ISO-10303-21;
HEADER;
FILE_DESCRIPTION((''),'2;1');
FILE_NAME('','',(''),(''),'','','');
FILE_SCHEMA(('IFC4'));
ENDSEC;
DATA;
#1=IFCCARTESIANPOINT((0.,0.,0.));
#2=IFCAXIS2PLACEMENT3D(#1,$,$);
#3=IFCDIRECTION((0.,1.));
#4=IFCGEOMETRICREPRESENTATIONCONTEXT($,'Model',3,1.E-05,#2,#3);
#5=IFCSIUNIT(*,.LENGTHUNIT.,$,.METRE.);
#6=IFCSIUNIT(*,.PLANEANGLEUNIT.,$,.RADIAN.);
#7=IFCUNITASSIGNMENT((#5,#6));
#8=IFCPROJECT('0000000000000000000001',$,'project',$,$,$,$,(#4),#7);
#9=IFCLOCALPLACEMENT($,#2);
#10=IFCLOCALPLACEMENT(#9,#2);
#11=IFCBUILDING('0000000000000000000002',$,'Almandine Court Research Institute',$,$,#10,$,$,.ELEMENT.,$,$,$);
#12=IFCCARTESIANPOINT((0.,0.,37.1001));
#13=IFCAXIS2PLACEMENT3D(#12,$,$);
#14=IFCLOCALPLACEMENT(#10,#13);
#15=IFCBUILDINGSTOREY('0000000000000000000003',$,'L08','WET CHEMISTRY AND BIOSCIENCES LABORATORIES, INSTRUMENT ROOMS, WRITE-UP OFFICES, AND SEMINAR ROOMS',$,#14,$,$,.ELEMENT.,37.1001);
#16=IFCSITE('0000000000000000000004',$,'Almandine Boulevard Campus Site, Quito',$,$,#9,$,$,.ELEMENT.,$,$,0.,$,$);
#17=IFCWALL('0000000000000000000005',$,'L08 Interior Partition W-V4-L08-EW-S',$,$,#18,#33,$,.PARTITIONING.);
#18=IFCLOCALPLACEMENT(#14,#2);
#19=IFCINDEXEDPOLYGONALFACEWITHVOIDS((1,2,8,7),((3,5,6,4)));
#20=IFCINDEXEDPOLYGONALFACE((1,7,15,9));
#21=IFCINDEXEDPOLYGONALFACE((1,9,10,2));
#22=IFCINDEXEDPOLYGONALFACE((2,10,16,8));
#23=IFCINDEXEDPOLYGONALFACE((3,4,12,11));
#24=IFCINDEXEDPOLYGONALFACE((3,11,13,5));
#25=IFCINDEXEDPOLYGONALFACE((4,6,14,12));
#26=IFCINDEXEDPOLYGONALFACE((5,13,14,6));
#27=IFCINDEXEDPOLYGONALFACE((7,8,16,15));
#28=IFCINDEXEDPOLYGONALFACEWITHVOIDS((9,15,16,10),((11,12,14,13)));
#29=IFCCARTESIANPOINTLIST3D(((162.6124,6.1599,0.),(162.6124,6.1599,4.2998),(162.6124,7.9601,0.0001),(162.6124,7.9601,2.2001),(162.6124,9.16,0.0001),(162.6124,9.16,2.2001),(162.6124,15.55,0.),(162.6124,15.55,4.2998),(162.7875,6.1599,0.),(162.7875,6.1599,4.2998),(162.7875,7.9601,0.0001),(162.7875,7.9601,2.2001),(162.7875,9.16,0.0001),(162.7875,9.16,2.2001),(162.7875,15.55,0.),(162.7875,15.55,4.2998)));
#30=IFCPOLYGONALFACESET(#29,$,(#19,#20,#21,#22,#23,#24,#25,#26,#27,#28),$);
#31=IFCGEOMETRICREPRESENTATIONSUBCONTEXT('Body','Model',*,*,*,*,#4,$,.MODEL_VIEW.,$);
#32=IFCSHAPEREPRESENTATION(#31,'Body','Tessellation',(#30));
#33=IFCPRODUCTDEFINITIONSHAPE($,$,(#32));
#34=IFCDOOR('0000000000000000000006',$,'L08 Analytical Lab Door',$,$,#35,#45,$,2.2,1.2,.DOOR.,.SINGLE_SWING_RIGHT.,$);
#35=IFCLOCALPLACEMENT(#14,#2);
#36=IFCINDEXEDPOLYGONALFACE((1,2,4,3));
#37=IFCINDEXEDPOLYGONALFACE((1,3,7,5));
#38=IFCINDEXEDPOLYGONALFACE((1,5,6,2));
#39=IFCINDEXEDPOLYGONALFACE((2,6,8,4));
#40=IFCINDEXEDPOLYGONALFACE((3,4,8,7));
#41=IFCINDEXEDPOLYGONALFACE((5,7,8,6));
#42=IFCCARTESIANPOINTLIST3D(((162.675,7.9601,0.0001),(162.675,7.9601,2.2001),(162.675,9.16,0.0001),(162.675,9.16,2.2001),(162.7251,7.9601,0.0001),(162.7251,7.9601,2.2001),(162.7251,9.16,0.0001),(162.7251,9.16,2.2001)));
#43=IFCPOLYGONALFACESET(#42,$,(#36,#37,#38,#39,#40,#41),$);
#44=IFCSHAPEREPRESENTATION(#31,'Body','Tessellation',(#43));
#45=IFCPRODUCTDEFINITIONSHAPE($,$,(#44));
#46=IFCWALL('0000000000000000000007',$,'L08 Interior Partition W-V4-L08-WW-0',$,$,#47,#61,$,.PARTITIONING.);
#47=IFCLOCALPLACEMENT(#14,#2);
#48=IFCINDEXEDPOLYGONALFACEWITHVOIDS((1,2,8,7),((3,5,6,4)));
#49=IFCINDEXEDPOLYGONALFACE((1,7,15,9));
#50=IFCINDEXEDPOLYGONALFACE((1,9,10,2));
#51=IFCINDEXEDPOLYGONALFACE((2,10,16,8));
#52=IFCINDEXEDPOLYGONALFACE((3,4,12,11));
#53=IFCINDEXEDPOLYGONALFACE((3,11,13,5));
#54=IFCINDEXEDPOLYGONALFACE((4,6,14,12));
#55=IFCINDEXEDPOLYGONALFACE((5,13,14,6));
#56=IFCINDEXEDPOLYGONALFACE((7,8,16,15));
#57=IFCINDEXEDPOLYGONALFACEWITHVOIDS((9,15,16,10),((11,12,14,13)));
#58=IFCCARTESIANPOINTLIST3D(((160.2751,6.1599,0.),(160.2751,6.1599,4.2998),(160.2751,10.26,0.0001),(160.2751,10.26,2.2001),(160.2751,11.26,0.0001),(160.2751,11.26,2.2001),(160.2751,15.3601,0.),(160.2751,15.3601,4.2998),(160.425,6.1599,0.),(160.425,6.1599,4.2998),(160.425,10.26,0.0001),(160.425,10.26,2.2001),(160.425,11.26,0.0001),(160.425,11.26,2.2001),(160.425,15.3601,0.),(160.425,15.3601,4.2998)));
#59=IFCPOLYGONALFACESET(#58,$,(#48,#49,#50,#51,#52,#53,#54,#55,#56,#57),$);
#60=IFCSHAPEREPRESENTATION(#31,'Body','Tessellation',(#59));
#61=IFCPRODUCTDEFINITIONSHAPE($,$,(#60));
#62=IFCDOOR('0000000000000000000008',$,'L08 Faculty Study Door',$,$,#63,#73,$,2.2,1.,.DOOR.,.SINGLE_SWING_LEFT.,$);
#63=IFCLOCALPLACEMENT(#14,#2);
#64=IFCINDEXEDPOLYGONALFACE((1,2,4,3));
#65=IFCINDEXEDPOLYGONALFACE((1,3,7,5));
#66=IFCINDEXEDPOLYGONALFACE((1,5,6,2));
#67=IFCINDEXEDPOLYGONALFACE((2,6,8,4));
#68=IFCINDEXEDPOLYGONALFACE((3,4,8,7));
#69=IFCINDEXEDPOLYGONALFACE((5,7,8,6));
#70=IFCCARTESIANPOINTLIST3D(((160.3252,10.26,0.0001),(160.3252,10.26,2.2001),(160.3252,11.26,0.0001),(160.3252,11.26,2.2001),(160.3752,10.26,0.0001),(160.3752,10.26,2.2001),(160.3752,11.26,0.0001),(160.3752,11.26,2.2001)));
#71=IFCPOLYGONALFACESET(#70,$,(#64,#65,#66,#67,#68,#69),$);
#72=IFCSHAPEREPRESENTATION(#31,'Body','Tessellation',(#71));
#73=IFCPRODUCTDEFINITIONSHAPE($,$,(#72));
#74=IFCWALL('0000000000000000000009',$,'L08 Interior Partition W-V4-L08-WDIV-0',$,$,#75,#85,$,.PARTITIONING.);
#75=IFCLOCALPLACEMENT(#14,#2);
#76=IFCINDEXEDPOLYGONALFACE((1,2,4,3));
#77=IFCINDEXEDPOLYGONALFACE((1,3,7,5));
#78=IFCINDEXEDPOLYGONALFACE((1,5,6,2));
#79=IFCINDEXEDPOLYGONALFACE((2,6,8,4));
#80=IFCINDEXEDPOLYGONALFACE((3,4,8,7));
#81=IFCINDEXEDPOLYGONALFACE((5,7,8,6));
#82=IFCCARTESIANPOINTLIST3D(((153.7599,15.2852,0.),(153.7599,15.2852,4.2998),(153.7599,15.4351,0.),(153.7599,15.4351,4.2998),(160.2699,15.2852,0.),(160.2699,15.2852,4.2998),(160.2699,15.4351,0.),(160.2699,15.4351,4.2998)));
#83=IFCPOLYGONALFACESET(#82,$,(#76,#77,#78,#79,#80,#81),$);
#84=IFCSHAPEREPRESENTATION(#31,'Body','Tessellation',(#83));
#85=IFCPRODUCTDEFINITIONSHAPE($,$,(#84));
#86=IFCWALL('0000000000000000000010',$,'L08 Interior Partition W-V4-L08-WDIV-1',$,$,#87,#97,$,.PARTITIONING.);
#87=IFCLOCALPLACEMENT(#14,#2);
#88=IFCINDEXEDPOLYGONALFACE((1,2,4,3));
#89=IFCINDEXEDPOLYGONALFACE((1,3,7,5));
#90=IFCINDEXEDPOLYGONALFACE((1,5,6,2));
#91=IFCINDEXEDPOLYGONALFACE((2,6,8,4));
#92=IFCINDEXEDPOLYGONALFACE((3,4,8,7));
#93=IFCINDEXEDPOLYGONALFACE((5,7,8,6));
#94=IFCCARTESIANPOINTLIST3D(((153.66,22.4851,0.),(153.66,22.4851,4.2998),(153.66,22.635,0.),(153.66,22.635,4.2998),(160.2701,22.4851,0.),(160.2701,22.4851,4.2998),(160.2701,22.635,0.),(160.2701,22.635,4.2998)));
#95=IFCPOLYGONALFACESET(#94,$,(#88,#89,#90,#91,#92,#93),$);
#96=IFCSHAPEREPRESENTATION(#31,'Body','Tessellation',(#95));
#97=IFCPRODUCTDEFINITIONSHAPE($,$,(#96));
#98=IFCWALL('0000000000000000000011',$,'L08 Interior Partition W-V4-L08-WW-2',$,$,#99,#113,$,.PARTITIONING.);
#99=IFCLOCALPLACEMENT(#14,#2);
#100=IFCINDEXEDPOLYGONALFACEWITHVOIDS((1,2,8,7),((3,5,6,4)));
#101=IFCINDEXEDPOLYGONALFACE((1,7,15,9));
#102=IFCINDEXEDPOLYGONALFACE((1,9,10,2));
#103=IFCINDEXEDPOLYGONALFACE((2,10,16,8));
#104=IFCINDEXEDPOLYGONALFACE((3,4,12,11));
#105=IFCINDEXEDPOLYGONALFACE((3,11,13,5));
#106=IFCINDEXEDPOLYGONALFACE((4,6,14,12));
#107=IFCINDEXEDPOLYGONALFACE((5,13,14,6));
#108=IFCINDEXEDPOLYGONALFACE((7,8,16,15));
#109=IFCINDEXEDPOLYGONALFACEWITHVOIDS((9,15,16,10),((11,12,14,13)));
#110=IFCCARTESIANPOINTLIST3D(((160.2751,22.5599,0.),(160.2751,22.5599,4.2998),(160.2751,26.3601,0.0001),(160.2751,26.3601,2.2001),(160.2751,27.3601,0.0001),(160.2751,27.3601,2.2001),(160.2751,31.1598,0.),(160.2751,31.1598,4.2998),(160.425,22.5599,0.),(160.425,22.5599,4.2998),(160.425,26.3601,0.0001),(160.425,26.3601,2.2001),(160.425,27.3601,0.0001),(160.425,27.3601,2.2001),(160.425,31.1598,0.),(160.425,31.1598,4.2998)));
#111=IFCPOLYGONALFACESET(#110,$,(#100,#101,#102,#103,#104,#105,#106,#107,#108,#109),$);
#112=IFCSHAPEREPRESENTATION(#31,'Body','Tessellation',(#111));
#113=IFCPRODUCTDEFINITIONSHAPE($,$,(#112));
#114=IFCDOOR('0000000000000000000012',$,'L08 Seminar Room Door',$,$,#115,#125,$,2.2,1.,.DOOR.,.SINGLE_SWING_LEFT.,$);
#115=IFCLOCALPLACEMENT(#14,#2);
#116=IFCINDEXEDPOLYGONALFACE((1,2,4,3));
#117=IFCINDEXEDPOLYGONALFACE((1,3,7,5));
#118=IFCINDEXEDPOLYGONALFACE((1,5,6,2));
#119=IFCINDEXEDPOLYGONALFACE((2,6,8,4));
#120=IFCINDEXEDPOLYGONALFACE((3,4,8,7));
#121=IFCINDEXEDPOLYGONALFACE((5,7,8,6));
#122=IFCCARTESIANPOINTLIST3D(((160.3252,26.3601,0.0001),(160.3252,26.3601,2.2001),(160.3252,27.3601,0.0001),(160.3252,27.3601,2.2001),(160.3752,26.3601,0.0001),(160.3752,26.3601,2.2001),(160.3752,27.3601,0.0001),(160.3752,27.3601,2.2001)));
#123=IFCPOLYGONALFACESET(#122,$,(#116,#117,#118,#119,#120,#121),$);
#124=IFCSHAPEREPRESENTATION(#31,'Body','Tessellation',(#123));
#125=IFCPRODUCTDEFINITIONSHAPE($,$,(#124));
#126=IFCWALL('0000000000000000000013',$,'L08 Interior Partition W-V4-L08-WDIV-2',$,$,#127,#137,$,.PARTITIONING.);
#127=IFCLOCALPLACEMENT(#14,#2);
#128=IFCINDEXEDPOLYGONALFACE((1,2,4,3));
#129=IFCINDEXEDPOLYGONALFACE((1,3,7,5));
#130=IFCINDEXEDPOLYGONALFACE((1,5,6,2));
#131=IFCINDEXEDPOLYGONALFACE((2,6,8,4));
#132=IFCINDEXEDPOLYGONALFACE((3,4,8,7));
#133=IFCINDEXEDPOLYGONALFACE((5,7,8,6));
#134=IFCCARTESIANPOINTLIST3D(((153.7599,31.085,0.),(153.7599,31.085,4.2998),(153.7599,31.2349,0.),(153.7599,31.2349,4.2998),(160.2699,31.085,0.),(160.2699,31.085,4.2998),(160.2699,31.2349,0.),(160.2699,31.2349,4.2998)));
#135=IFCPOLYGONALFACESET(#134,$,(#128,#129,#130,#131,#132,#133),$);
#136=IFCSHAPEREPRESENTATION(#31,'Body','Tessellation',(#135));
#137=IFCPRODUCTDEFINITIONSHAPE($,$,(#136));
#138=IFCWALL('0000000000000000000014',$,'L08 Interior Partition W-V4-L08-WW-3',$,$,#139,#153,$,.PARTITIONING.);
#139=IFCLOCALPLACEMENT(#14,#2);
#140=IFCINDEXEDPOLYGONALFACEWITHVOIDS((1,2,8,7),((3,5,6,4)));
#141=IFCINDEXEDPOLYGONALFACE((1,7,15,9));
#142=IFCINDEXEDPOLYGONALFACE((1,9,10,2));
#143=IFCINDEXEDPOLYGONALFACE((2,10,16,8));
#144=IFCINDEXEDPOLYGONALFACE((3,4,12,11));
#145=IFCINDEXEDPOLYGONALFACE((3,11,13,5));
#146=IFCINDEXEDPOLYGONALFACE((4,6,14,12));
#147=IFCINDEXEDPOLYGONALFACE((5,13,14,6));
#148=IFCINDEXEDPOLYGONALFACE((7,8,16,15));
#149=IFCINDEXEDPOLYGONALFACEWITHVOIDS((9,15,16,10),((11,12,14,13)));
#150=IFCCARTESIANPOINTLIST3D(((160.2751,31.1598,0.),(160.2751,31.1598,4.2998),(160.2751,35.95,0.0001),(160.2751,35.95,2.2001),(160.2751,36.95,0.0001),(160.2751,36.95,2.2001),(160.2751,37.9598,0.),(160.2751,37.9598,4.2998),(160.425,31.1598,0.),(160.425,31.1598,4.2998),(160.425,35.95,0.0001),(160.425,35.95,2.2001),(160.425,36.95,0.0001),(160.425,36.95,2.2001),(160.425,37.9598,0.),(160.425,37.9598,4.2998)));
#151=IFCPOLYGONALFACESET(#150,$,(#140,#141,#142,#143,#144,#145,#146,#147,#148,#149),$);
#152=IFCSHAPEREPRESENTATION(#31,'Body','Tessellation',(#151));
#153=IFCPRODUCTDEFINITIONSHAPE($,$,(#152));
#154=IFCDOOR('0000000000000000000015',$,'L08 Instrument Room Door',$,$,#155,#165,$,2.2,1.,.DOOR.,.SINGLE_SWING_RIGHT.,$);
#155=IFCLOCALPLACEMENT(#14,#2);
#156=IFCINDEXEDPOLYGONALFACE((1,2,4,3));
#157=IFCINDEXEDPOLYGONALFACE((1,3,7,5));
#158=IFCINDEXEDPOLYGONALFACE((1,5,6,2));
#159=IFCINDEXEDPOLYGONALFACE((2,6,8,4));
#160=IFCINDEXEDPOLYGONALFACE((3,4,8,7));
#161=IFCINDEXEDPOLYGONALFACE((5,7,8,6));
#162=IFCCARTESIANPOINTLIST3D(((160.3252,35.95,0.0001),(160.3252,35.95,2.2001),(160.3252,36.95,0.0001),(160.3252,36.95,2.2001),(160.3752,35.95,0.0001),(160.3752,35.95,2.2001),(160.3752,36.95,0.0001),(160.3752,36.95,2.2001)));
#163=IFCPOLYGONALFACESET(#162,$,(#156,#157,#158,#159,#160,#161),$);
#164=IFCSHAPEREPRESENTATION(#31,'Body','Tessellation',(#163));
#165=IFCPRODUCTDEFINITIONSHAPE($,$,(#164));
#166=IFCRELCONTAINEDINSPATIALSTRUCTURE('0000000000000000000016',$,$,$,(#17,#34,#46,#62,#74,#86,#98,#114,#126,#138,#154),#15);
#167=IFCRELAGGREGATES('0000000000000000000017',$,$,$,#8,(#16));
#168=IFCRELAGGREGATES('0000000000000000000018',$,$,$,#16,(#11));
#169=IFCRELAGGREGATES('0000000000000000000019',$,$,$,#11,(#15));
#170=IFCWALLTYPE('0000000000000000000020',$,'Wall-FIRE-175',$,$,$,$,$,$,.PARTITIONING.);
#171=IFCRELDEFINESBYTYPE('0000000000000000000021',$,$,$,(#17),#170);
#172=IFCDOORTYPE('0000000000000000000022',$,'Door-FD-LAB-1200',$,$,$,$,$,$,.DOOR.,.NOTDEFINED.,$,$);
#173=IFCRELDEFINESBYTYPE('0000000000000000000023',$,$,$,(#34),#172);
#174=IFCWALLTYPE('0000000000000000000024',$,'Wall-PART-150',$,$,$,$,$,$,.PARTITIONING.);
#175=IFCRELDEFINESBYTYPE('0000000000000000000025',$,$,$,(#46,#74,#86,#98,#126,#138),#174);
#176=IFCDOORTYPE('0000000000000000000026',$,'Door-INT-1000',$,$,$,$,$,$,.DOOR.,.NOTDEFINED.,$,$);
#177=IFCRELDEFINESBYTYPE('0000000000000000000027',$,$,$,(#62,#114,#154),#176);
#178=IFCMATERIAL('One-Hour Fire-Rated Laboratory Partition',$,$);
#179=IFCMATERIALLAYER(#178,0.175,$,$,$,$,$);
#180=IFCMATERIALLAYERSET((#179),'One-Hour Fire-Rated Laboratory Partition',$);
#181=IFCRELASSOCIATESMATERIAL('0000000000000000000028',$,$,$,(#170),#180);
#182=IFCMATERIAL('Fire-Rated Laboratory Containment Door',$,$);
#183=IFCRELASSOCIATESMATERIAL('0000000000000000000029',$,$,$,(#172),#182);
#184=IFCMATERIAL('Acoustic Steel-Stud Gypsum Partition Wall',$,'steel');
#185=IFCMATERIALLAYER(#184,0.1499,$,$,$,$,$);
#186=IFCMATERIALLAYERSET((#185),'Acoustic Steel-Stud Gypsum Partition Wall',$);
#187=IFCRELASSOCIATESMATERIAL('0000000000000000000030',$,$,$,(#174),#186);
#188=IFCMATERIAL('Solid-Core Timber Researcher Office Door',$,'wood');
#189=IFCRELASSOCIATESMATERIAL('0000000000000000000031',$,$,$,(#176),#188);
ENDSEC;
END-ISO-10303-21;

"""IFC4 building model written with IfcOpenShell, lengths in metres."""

from ifc_helpers import new_model, si_unit, direction, frame, frame_2d, origin, place, context, subcontext, project, spatial, rectangle, extrude, material, layer, layer_set, type_object, element, fill, save


model = new_model("IFC4")

# Units and contexts
model_context = context("Model", 3, precision=1e-05, world=origin(), true_north=direction((0.0, 1.0)))
body_context = subcontext(model_context, "Body", "Model", "MODEL_VIEW")
ifc_project = project(units=[si_unit("LENGTHUNIT", "METRE"), si_unit("PLANEANGLEUNIT", "RADIAN")], contexts=[model_context])

# Site, building, storey
site_placement = place(None, origin())
site = spatial("IfcSite", under=ifc_project, at=site_placement, Name="Almandine Boulevard Campus Site, Quito", CompositionType="ELEMENT", RefElevation=0.0)
building_placement = place(site_placement, origin())
building = spatial("IfcBuilding", under=site, at=building_placement, Name="Almandine Court Research Institute", CompositionType="ELEMENT")
storey_placement = place(building_placement, frame((0.0, 0.0, 37.1001)))
storey = spatial("IfcBuildingStorey", under=building, at=storey_placement, Name="L08", Description="WET CHEMISTRY AND BIOSCIENCES LABORATORIES, INSTRUMENT ROOMS, WRITE-UP OFFICES, AND SEMINAR ROOMS", CompositionType="ELEMENT", Elevation=37.1001)

# Walls, openings, doors
ifc_material_1 = material(Name="One-Hour Fire-Rated Laboratory Partition")
ifc_layer_1 = layer(ifc_material_1, 0.175)
ifc_layer_set_1 = layer_set([ifc_layer_1], Name="One-Hour Fire-Rated Laboratory Partition")
wall_type_1 = type_object("IfcWallType", Name="Wall-FIRE-175", PredefinedType="PARTITIONING", material=ifc_layer_set_1)
ifc_material_2 = material(Name="Fire-Rated Laboratory Containment Door")
door_type_1 = type_object("IfcDoorType", Name="Door-FD-LAB-1200", OperationType="NOTDEFINED", PredefinedType="DOOR", material=ifc_material_2)
wall_1_placement = place(storey_placement, frame((162.7, 6.1599, 0.0), z_axis=(0.0, 0.0, 1.0), x_axis=(0.0, 1.0, 0.0)))
wall_1 = element("IfcWall", 1, at=wall_1_placement, inside=storey, type_object=wall_type_1, Name="L08 Interior Partition W-V4-L08-EW-S", PredefinedType="PARTITIONING", context=body_context, shape_type="SweptSolid", body=[
    extrude(rectangle(XDim=9.3901, YDim=0.175, at=frame_2d((4.6951, 0.0))), origin(), (0.0, 0.0, 1.0), 4.2998),
])
opening_1_placement = place(wall_1_placement, frame((1.8, 0.0, 0.0)))
opening_1 = element("IfcOpeningElement", 2, at=opening_1_placement, cuts=wall_1, PredefinedType="OPENING", context=body_context, shape_type="SweptSolid", body=[
    extrude(rectangle(XDim=1.2, YDim=2.2, at=frame_2d((0.6001, 1.1001))), frame((0.0, 0.0974, 0.0), z_axis=(0.0, -1.0, 0.0), x_axis=(1.0, 0.0, 0.0)), (0.0, 0.0, 1.0), 0.1951),
])
door_1_placement = place(opening_1_placement, origin())
door_1 = element("IfcDoor", 3, at=door_1_placement, inside=storey, type_object=door_type_1, Name="L08 Analytical Lab Door", OperationType="SINGLE_SWING_RIGHT", OverallHeight=2.2, OverallWidth=1.2, PredefinedType="DOOR", context=body_context, shape_type="SweptSolid", body=[
    extrude(rectangle(XDim=1.2, YDim=2.2, at=frame_2d((0.6001, 1.1001))), frame((0.0, 0.0249, 0.0), z_axis=(0.0, -1.0, 0.0), x_axis=(1.0, 0.0, 0.0)), (0.0, 0.0, 1.0), 0.05),
])
fill(opening_1, door_1)
ifc_material_3 = material(Name="Acoustic Steel-Stud Gypsum Partition Wall", Category="steel")
ifc_layer_2 = layer(ifc_material_3, 0.1499)
ifc_layer_set_2 = layer_set([ifc_layer_2], Name="Acoustic Steel-Stud Gypsum Partition Wall")
wall_type_2 = type_object("IfcWallType", Name="Wall-PART-150", PredefinedType="PARTITIONING", material=ifc_layer_set_2)
wall_2_placement = place(storey_placement, frame((160.3501, 6.1599, 0.0), z_axis=(0.0, 0.0, 1.0), x_axis=(0.0, 1.0, 0.0)))
wall_2 = element("IfcWall", 4, at=wall_2_placement, inside=storey, type_object=wall_type_2, Name="L08 Interior Partition W-V4-L08-WW-0", PredefinedType="PARTITIONING", context=body_context, shape_type="SweptSolid", body=[
    extrude(rectangle(XDim=9.2002, YDim=0.1499, at=frame_2d((4.6001, 0.0))), origin(), (0.0, 0.0, 1.0), 4.2998),
])
opening_2_placement = place(wall_2_placement, frame((4.1001, 0.0, 0.0)))
opening_2 = element("IfcOpeningElement", 5, at=opening_2_placement, cuts=wall_2, PredefinedType="OPENING", context=body_context, shape_type="SweptSolid", body=[
    extrude(rectangle(XDim=1.0, YDim=2.2, at=frame_2d((0.5, 1.1001))), frame((0.0, 0.085, 0.0), z_axis=(0.0, -1.0, 0.0), x_axis=(1.0, 0.0, 0.0)), (0.0, 0.0, 1.0), 0.1699),
])
ifc_material_4 = material(Name="Solid-Core Timber Researcher Office Door", Category="wood")
door_type_2 = type_object("IfcDoorType", Name="Door-INT-1000", OperationType="NOTDEFINED", PredefinedType="DOOR", material=ifc_material_4)
door_2_placement = place(opening_2_placement, origin())
door_2 = element("IfcDoor", 6, at=door_2_placement, inside=storey, type_object=door_type_2, Name="L08 Faculty Study Door", OperationType="SINGLE_SWING_LEFT", OverallHeight=2.2, OverallWidth=1.0, PredefinedType="DOOR", context=body_context, shape_type="SweptSolid", body=[
    extrude(rectangle(XDim=1.0, YDim=2.2, at=frame_2d((0.5, 1.1001))), frame((0.0, 0.0249, 0.0), z_axis=(0.0, -1.0, 0.0), x_axis=(1.0, 0.0, 0.0)), (0.0, 0.0, 1.0), 0.05),
])
fill(opening_2, door_2)

# Walls
wall_3_placement = place(storey_placement, frame((153.76, 15.3601, 0.0), z_axis=(0.0, 0.0, 1.0), x_axis=(1.0, 0.0, 0.0)))
element("IfcWall", 7, at=wall_3_placement, inside=storey, type_object=wall_type_2, Name="L08 Interior Partition W-V4-L08-WDIV-0", PredefinedType="PARTITIONING", context=body_context, shape_type="SweptSolid", body=[
    extrude(rectangle(XDim=6.51, YDim=0.1499, at=frame_2d((3.2549, 0.0))), origin(), (0.0, 0.0, 1.0), 4.2998),
])
wall_4_placement = place(storey_placement, frame((153.6599, 22.5601, 0.0), z_axis=(0.0, 0.0, 1.0), x_axis=(1.0, 0.0, 0.0)))
element("IfcWall", 8, at=wall_4_placement, inside=storey, type_object=wall_type_2, Name="L08 Interior Partition W-V4-L08-WDIV-1", PredefinedType="PARTITIONING", context=body_context, shape_type="SweptSolid", body=[
    extrude(rectangle(XDim=6.6101, YDim=0.1499, at=frame_2d((3.3052, 0.0))), origin(), (0.0, 0.0, 1.0), 4.2998),
])

# Wall, opening, door
wall_5_placement = place(storey_placement, frame((160.3501, 22.5601, 0.0), z_axis=(0.0, 0.0, 1.0), x_axis=(0.0, 1.0, 0.0)))
wall_5 = element("IfcWall", 9, at=wall_5_placement, inside=storey, type_object=wall_type_2, Name="L08 Interior Partition W-V4-L08-WW-2", PredefinedType="PARTITIONING", context=body_context, shape_type="SweptSolid", body=[
    extrude(rectangle(XDim=8.5999, YDim=0.1499, at=frame_2d((4.2998, 0.0))), origin(), (0.0, 0.0, 1.0), 4.2998),
])
opening_3_placement = place(wall_5_placement, frame((3.8, 0.0, 0.0)))
opening_3 = element("IfcOpeningElement", 10, at=opening_3_placement, cuts=wall_5, PredefinedType="OPENING", context=body_context, shape_type="SweptSolid", body=[
    extrude(rectangle(XDim=1.0, YDim=2.2, at=frame_2d((0.5, 1.1001))), frame((0.0, 0.085, 0.0), z_axis=(0.0, -1.0, 0.0), x_axis=(1.0, 0.0, 0.0)), (0.0, 0.0, 1.0), 0.1699),
])
door_3_placement = place(opening_3_placement, origin())
door_3 = element("IfcDoor", 11, at=door_3_placement, inside=storey, type_object=door_type_2, Name="L08 Seminar Room Door", OperationType="SINGLE_SWING_LEFT", OverallHeight=2.2, OverallWidth=1.0, PredefinedType="DOOR", context=body_context, shape_type="SweptSolid", body=[
    extrude(rectangle(XDim=1.0, YDim=2.2, at=frame_2d((0.5, 1.1001))), frame((0.0, 0.0249, 0.0), z_axis=(0.0, -1.0, 0.0), x_axis=(1.0, 0.0, 0.0)), (0.0, 0.0, 1.0), 0.05),
])
fill(opening_3, door_3)

# Wall
wall_6_placement = place(storey_placement, frame((153.76, 31.1599, 0.0), z_axis=(0.0, 0.0, 1.0), x_axis=(1.0, 0.0, 0.0)))
element("IfcWall", 12, at=wall_6_placement, inside=storey, type_object=wall_type_2, Name="L08 Interior Partition W-V4-L08-WDIV-2", PredefinedType="PARTITIONING", context=body_context, shape_type="SweptSolid", body=[
    extrude(rectangle(XDim=6.51, YDim=0.1499, at=frame_2d((3.2549, 0.0))), origin(), (0.0, 0.0, 1.0), 4.2998),
])

# Wall, opening, door
wall_7_placement = place(storey_placement, frame((160.3501, 31.1599, 0.0), z_axis=(0.0, 0.0, 1.0), x_axis=(0.0, 1.0, 0.0)))
wall_7 = element("IfcWall", 13, at=wall_7_placement, inside=storey, type_object=wall_type_2, Name="L08 Interior Partition W-V4-L08-WW-3", PredefinedType="PARTITIONING", context=body_context, shape_type="SweptSolid", body=[
    extrude(rectangle(XDim=6.8, YDim=0.1499, at=frame_2d((3.3999, 0.0))), origin(), (0.0, 0.0, 1.0), 4.2998),
])
opening_4_placement = place(wall_7_placement, frame((4.79, 0.0, 0.0)))
opening_4 = element("IfcOpeningElement", 14, at=opening_4_placement, cuts=wall_7, PredefinedType="OPENING", context=body_context, shape_type="SweptSolid", body=[
    extrude(rectangle(XDim=1.0, YDim=2.2, at=frame_2d((0.5, 1.1001))), frame((0.0, 0.085, 0.0), z_axis=(0.0, -1.0, 0.0), x_axis=(1.0, 0.0, 0.0)), (0.0, 0.0, 1.0), 0.1699),
])
door_4_placement = place(opening_4_placement, origin())
door_4 = element("IfcDoor", 15, at=door_4_placement, inside=storey, type_object=door_type_2, Name="L08 Instrument Room Door", OperationType="SINGLE_SWING_RIGHT", OverallHeight=2.2, OverallWidth=1.0, PredefinedType="DOOR", context=body_context, shape_type="SweptSolid", body=[
    extrude(rectangle(XDim=1.0, YDim=2.2, at=frame_2d((0.5, 1.1001))), frame((0.0, 0.0249, 0.0), z_axis=(0.0, -1.0, 0.0), x_axis=(1.0, 0.0, 0.0)), (0.0, 0.0, 1.0), 0.05),
])
fill(opening_4, door_4)

save(model, "model.ifc")
